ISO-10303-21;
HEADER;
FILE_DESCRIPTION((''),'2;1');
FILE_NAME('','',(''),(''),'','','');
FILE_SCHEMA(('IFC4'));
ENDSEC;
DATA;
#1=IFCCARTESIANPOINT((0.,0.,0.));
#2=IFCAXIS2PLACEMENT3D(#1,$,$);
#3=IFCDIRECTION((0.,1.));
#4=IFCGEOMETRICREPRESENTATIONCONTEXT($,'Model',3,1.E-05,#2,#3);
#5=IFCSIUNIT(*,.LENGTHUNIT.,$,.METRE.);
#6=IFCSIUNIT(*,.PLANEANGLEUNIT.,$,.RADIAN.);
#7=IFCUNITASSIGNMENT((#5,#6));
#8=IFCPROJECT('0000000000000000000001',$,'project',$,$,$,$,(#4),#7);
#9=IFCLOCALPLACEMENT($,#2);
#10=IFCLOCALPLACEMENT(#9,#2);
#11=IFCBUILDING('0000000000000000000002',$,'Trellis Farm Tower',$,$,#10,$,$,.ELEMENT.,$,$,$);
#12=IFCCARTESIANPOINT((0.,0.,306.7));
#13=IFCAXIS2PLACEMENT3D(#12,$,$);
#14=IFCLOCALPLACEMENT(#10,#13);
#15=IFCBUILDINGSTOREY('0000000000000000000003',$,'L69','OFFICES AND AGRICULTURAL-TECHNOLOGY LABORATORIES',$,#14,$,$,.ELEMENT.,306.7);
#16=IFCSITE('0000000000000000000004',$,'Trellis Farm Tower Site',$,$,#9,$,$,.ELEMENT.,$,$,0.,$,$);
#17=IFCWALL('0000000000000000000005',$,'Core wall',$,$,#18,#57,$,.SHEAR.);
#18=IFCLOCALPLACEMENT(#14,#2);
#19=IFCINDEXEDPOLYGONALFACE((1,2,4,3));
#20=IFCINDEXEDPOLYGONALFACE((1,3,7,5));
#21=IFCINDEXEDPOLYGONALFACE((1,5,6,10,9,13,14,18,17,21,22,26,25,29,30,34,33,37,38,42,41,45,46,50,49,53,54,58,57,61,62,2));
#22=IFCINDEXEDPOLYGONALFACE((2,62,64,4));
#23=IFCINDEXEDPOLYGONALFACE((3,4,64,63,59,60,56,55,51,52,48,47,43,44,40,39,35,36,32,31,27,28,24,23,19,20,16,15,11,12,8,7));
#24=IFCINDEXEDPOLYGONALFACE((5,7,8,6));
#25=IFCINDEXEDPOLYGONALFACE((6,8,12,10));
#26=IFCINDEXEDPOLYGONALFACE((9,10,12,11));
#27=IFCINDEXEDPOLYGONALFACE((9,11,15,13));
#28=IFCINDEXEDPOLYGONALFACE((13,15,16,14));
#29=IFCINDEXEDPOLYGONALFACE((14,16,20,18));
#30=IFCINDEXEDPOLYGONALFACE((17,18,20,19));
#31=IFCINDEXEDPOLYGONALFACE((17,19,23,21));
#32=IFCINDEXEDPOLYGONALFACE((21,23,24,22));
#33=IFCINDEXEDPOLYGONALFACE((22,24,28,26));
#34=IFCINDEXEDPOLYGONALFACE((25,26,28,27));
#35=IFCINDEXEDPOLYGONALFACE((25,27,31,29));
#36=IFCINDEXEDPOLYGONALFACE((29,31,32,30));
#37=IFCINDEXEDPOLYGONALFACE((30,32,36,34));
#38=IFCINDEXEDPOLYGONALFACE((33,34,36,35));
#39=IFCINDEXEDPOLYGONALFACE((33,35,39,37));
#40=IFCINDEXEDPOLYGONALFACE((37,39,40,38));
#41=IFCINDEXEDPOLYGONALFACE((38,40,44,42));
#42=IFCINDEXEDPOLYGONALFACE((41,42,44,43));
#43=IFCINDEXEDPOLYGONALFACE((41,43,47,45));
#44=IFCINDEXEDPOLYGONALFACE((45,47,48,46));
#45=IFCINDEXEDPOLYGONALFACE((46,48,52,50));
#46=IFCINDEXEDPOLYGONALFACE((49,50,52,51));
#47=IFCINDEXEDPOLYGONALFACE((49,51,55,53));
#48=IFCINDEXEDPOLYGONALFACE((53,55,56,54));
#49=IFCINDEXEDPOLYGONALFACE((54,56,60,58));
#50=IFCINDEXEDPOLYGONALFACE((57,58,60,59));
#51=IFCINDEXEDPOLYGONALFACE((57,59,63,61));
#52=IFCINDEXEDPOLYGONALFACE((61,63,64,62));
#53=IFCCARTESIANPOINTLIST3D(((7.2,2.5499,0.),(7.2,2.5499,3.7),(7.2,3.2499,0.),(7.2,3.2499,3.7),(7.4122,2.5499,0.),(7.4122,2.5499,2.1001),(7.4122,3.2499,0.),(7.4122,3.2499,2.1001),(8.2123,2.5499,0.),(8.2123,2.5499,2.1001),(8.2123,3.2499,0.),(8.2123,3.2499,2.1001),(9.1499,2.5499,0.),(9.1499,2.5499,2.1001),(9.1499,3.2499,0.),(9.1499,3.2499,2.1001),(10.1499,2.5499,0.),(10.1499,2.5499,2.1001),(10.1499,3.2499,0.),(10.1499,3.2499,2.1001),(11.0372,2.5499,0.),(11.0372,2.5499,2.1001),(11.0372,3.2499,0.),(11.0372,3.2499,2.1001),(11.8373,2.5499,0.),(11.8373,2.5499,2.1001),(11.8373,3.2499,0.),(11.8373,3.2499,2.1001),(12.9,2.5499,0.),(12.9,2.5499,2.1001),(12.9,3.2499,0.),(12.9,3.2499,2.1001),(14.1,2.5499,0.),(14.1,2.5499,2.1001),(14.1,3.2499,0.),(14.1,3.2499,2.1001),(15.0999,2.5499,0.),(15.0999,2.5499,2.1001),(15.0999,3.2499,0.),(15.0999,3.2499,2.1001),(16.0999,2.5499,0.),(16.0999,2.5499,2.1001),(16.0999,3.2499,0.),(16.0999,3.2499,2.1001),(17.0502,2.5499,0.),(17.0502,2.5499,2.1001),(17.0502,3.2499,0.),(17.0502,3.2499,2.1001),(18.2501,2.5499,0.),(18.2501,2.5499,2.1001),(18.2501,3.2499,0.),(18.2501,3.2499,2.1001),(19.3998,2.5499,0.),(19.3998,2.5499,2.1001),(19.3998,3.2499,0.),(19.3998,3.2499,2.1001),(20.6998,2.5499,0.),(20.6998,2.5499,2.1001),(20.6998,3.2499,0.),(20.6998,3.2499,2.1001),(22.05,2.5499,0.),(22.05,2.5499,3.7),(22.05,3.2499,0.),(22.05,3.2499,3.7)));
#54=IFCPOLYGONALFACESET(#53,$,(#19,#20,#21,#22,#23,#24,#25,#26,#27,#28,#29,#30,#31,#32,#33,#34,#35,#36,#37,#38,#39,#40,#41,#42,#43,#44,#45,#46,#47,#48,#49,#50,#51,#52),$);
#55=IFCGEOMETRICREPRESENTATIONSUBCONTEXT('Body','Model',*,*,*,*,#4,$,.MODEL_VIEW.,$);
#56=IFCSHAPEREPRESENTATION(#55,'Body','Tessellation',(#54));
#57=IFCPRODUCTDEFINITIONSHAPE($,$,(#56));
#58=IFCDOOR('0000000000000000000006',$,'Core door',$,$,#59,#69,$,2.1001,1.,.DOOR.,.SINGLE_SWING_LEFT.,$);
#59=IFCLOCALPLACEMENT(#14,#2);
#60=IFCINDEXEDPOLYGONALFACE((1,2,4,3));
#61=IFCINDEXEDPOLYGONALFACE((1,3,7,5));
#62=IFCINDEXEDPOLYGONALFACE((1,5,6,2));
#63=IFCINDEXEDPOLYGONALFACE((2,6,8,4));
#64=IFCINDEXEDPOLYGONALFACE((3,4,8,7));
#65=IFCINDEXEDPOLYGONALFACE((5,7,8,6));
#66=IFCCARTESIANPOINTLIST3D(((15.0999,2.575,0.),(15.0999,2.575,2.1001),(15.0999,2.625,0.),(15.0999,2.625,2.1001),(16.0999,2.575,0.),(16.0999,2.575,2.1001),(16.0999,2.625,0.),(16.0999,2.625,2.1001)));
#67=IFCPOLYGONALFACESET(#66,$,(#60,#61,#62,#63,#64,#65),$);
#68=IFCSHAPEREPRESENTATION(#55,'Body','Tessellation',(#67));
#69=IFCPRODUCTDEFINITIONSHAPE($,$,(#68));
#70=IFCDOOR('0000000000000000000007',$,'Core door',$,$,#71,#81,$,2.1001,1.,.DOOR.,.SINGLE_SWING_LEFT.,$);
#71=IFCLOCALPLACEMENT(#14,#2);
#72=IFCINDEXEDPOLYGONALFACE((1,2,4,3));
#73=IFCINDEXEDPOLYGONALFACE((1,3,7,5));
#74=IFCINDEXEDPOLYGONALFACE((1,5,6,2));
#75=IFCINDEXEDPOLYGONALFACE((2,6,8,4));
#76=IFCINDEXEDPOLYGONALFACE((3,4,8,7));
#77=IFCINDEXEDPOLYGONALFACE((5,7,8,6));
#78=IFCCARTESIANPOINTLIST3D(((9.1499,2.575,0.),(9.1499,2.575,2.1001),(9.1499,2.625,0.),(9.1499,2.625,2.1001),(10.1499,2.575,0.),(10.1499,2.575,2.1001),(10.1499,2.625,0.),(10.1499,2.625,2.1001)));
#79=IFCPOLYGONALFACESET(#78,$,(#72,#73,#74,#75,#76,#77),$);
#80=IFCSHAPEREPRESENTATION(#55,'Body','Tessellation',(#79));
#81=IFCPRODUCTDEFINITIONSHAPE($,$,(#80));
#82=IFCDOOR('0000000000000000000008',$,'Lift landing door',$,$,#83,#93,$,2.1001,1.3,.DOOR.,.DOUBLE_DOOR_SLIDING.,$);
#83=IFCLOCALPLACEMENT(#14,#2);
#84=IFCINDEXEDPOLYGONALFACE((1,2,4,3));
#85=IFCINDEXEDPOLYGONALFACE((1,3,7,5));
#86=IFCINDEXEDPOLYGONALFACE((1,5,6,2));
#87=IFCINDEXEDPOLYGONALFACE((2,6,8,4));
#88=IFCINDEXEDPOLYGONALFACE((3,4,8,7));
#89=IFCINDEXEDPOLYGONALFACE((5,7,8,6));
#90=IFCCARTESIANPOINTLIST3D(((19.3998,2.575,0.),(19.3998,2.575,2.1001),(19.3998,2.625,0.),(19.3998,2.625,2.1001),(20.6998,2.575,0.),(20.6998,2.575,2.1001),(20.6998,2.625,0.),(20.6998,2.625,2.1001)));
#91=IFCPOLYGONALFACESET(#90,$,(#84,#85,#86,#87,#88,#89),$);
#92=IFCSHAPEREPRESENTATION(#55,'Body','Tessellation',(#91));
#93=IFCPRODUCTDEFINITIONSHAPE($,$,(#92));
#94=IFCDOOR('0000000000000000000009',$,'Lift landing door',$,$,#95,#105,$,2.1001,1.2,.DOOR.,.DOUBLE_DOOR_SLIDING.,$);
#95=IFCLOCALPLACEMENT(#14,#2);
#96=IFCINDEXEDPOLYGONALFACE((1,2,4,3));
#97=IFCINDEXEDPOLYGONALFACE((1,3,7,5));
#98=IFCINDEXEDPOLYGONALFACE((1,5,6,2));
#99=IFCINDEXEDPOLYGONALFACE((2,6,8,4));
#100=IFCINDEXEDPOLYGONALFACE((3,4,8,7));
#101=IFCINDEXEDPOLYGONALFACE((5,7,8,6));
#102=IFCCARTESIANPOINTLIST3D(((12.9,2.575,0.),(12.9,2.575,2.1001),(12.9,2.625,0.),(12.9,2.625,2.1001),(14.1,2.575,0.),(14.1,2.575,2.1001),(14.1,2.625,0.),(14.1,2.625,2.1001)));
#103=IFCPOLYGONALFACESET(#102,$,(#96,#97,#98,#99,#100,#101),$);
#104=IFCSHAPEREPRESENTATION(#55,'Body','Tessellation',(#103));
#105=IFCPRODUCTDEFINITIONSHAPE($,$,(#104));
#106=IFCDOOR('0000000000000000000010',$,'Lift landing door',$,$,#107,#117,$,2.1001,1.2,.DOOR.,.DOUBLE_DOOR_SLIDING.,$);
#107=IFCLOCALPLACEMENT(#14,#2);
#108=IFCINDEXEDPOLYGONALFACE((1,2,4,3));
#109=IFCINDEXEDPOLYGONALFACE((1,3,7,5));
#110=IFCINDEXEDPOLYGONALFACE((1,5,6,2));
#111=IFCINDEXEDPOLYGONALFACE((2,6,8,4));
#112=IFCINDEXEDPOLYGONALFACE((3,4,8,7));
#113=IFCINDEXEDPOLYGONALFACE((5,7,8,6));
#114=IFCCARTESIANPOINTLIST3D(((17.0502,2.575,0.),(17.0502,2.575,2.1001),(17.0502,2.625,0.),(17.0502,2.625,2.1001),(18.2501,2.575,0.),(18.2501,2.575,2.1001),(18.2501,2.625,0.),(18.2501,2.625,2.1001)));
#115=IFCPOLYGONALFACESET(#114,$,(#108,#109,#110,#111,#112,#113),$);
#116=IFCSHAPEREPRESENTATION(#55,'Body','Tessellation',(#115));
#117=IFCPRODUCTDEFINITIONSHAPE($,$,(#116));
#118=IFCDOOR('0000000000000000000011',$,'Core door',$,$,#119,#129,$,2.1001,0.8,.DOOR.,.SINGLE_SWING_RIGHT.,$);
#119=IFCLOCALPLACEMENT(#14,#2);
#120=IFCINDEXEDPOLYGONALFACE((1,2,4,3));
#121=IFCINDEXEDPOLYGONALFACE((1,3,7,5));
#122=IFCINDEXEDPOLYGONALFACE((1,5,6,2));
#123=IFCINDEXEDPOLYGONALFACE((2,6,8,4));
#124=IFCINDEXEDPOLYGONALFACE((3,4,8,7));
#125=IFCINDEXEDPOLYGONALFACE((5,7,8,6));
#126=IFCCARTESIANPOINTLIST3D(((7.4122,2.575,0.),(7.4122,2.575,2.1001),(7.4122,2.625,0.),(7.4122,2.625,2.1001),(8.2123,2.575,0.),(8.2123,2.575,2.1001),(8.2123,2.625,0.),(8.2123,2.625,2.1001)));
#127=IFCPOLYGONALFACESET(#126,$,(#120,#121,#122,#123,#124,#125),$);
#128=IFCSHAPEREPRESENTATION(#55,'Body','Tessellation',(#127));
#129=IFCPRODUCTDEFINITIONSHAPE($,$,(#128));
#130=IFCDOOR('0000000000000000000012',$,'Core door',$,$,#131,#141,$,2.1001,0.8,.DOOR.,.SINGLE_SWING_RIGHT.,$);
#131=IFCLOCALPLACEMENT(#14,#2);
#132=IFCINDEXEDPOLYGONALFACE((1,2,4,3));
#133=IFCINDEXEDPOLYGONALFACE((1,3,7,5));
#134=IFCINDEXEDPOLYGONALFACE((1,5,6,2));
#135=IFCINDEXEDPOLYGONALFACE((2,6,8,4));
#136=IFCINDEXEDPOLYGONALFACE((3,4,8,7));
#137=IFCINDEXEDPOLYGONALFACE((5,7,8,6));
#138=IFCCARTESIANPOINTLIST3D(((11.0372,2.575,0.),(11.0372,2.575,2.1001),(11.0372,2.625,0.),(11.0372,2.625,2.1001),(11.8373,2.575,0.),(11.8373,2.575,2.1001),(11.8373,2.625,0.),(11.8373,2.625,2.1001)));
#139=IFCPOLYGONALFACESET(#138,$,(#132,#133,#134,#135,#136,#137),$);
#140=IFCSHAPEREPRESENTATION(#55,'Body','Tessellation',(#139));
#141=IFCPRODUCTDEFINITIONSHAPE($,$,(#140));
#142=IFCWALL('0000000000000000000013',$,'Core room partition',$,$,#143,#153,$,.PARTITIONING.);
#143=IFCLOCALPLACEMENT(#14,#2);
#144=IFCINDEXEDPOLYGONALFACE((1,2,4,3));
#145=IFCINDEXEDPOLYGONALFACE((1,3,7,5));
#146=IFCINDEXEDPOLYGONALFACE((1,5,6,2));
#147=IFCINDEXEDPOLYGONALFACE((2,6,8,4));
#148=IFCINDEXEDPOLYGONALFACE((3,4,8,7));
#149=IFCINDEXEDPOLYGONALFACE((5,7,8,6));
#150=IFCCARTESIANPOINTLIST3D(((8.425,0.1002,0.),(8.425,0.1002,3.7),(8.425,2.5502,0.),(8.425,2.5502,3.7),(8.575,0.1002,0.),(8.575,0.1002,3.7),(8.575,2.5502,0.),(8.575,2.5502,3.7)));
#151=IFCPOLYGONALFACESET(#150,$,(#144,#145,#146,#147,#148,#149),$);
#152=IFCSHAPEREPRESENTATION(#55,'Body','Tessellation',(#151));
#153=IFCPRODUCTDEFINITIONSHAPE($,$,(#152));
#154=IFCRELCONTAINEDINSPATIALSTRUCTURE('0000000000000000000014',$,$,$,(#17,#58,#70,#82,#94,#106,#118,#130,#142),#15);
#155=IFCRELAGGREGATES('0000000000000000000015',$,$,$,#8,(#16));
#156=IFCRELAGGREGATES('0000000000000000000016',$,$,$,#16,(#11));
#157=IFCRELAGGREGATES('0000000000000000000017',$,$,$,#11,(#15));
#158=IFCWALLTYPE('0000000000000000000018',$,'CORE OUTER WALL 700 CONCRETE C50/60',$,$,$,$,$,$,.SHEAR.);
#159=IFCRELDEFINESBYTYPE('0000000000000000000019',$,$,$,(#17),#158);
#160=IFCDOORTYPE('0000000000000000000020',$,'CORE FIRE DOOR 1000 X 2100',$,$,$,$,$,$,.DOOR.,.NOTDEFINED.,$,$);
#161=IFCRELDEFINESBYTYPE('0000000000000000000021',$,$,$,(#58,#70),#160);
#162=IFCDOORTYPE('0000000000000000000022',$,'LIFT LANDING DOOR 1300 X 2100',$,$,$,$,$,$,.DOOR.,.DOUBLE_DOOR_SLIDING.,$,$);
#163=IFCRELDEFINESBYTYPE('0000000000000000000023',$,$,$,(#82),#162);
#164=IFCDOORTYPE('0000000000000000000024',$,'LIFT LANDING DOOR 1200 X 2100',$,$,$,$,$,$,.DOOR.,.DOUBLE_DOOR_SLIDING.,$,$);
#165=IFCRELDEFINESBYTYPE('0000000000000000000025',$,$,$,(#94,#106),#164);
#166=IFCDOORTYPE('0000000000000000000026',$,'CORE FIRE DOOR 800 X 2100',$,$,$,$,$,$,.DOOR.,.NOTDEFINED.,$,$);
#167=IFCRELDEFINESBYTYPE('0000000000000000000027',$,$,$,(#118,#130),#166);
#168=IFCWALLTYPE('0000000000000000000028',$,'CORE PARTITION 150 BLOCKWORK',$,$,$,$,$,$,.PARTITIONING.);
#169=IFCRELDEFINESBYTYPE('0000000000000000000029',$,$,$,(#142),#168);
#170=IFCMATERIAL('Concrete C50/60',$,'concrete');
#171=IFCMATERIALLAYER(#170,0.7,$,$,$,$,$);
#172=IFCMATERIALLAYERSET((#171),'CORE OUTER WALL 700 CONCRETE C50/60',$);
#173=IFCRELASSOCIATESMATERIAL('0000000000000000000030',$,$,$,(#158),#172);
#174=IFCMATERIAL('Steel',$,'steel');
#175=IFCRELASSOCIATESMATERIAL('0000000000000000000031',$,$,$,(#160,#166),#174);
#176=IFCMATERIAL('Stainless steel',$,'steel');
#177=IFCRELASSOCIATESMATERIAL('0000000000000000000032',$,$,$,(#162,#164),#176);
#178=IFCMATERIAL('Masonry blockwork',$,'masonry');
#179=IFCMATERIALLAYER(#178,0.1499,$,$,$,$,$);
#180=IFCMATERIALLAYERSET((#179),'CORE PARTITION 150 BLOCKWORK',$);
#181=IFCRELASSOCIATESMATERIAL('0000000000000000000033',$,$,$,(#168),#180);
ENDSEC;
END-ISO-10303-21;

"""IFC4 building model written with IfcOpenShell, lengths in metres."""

from ifc_helpers import new_model, si_unit, direction, frame, frame_2d, origin, place, context, subcontext, project, spatial, rectangle, extrude, source, transform, mapped, material, layer, layer_set, type_object, element, fill, save


model = new_model("IFC4")

# Units and contexts
model_context = context("Model", 3, precision=1e-05, world=origin(), true_north=direction((0.0, 1.0)))
body_context = subcontext(model_context, "Body", "Model", "MODEL_VIEW")
ifc_project = project(units=[si_unit("LENGTHUNIT", "METRE"), si_unit("PLANEANGLEUNIT", "RADIAN")], contexts=[model_context])

# Site, building, storey
site_placement = place(None, origin())
site = spatial("IfcSite", under=ifc_project, at=site_placement, Name="Trellis Farm Tower Site", CompositionType="ELEMENT", RefElevation=0.0)
building_placement = place(site_placement, origin())
building = spatial("IfcBuilding", under=site, at=building_placement, Name="Trellis Farm Tower", CompositionType="ELEMENT")
storey_placement = place(building_placement, frame((0.0, 0.0, 306.7)))
storey = spatial("IfcBuildingStorey", under=building, at=storey_placement, Name="L69", Description="OFFICES AND AGRICULTURAL-TECHNOLOGY LABORATORIES", CompositionType="ELEMENT", Elevation=306.7)

# Wall, openings, doors
ifc_material_1 = material(Name="Concrete C50/60", Category="concrete")
ifc_layer_1 = layer(ifc_material_1, 0.7)
ifc_layer_set_1 = layer_set([ifc_layer_1], Name="CORE OUTER WALL 700 CONCRETE C50/60")
wall_type_1 = type_object("IfcWallType", Name="CORE OUTER WALL 700 CONCRETE C50/60", PredefinedType="SHEAR", material=ifc_layer_set_1)
shared_shape_1 = source(origin(), body_context, "Body", "SweptSolid", [
    extrude(rectangle(XDim=14.8501, YDim=0.7, at=frame_2d((7.425, 0.0))), origin(), (0.0, 0.0, 1.0), 3.7),
])
wall_1_placement = place(storey_placement, frame((7.2, 2.8999, 0.0), z_axis=(0.0, 0.0, 1.0), x_axis=(1.0, 0.0, 0.0)))
wall_1 = element("IfcWall", 1, at=wall_1_placement, inside=storey, type_object=wall_type_1, Name="Core wall", PredefinedType="SHEAR", context=body_context, shape_type="MappedRepresentation", body=[
    mapped(shared_shape_1, transform((0.0, 0.0, 0.0))),
])
shared_shape_2 = source(origin(), body_context, "Body", "SweptSolid", [
    extrude(rectangle(XDim=1.2, YDim=2.1001, at=frame_2d((0.6001, 1.05))), frame((0.0, 0.3601, 0.0), z_axis=(0.0, -1.0, 0.0), x_axis=(1.0, 0.0, 0.0)), (0.0, 0.0, 1.0), 0.7202),
])
opening_1_placement = place(wall_1_placement, frame((5.7, 0.0, 0.0)))
opening_1 = element("IfcOpeningElement", 2, at=opening_1_placement, cuts=wall_1, PredefinedType="OPENING", context=body_context, shape_type="MappedRepresentation", body=[
    mapped(shared_shape_2, transform((0.0, 0.0, 0.0))),
])
shared_shape_3 = source(origin(), body_context, "Body", "SweptSolid", [
    extrude(rectangle(XDim=1.3, YDim=2.1001, at=frame_2d((0.6499, 1.05))), frame((0.0, 0.3601, 0.0), z_axis=(0.0, -1.0, 0.0), x_axis=(1.0, 0.0, 0.0)), (0.0, 0.0, 1.0), 0.7202),
])
opening_2_placement = place(wall_1_placement, frame((12.2, 0.0, 0.0)))
opening_2 = element("IfcOpeningElement", 3, at=opening_2_placement, cuts=wall_1, PredefinedType="OPENING", context=body_context, shape_type="MappedRepresentation", body=[
    mapped(shared_shape_3, transform((0.0, 0.0, 0.0))),
])
opening_3_placement = place(wall_1_placement, frame((9.8501, 0.0, 0.0)))
opening_3 = element("IfcOpeningElement", 4, at=opening_3_placement, cuts=wall_1, PredefinedType="OPENING", context=body_context, shape_type="MappedRepresentation", body=[
    mapped(shared_shape_2, transform((0.0, 0.0, 0.0))),
])
shared_shape_4 = source(origin(), body_context, "Body", "SweptSolid", [
    extrude(rectangle(XDim=1.0, YDim=2.1001, at=frame_2d((0.5, 1.05))), frame((0.0, 0.3601, 0.0), z_axis=(0.0, -1.0, 0.0), x_axis=(1.0, 0.0, 0.0)), (0.0, 0.0, 1.0), 0.7202),
])
opening_4_placement = place(wall_1_placement, frame((7.8999, 0.0, 0.0)))
opening_4 = element("IfcOpeningElement", 5, at=opening_4_placement, cuts=wall_1, PredefinedType="OPENING", context=body_context, shape_type="MappedRepresentation", body=[
    mapped(shared_shape_4, transform((0.0, 0.0, 0.0))),
])
shared_shape_5 = source(origin(), body_context, "Body", "SweptSolid", [
    extrude(rectangle(XDim=0.8, YDim=2.1001, at=frame_2d((0.3999, 1.05))), frame((0.0, 0.3601, 0.0), z_axis=(0.0, -1.0, 0.0), x_axis=(1.0, 0.0, 0.0)), (0.0, 0.0, 1.0), 0.7202),
])
opening_5_placement = place(wall_1_placement, frame((0.2124, 0.0, 0.0)))
opening_5 = element("IfcOpeningElement", 6, at=opening_5_placement, cuts=wall_1, PredefinedType="OPENING", context=body_context, shape_type="MappedRepresentation", body=[
    mapped(shared_shape_5, transform((0.0, 0.0, 0.0))),
])
opening_6_placement = place(wall_1_placement, frame((1.95, 0.0, 0.0)))
opening_6 = element("IfcOpeningElement", 7, at=opening_6_placement, cuts=wall_1, PredefinedType="OPENING", context=body_context, shape_type="MappedRepresentation", body=[
    mapped(shared_shape_4, transform((0.0, 0.0, 0.0))),
])
opening_7_placement = place(wall_1_placement, frame((3.8374, 0.0, 0.0)))
opening_7 = element("IfcOpeningElement", 8, at=opening_7_placement, cuts=wall_1, PredefinedType="OPENING", context=body_context, shape_type="MappedRepresentation", body=[
    mapped(shared_shape_5, transform((0.0, 0.0, 0.0))),
])
ifc_material_2 = material(Name="Steel", Category="steel")
door_type_1 = type_object("IfcDoorType", Name="CORE FIRE DOOR 1000 X 2100", OperationType="NOTDEFINED", PredefinedType="DOOR", material=ifc_material_2)
shared_shape_6 = source(origin(), body_context, "Body", "SweptSolid", [
    extrude(rectangle(XDim=1.0, YDim=2.1001, at=frame_2d((0.5, 1.05))), frame((0.0, -0.2749, 0.0), z_axis=(0.0, -1.0, 0.0), x_axis=(1.0, 0.0, 0.0)), (0.0, 0.0, 1.0), 0.05),
])
door_1_placement = place(opening_4_placement, origin())
door_1 = element("IfcDoor", 9, at=door_1_placement, inside=storey, type_object=door_type_1, Name="Core door", OperationType="SINGLE_SWING_LEFT", OverallHeight=2.1001, OverallWidth=1.0, PredefinedType="DOOR", context=body_context, shape_type="MappedRepresentation", body=[
    mapped(shared_shape_6, transform((0.0, 0.0, 0.0))),
])
fill(opening_4, door_1)
door_2_placement = place(opening_6_placement, origin())
door_2 = element("IfcDoor", 10, at=door_2_placement, inside=storey, type_object=door_type_1, Name="Core door", OperationType="SINGLE_SWING_LEFT", OverallHeight=2.1001, OverallWidth=1.0, PredefinedType="DOOR", context=body_context, shape_type="MappedRepresentation", body=[
    mapped(shared_shape_6, transform((0.0, 0.0, 0.0))),
])
fill(opening_6, door_2)
ifc_material_3 = material(Name="Stainless steel", Category="steel")
door_type_2 = type_object("IfcDoorType", Name="LIFT LANDING DOOR 1300 X 2100", OperationType="DOUBLE_DOOR_SLIDING", PredefinedType="DOOR", material=ifc_material_3)
shared_shape_7 = source(origin(), body_context, "Body", "SweptSolid", [
    extrude(rectangle(XDim=1.3, YDim=2.1001, at=frame_2d((0.6499, 1.05))), frame((0.0, -0.2749, 0.0), z_axis=(0.0, -1.0, 0.0), x_axis=(1.0, 0.0, 0.0)), (0.0, 0.0, 1.0), 0.05),
])
door_3_placement = place(opening_2_placement, origin())
door_3 = element("IfcDoor", 11, at=door_3_placement, inside=storey, type_object=door_type_2, Name="Lift landing door", OperationType="DOUBLE_DOOR_SLIDING", OverallHeight=2.1001, OverallWidth=1.3, PredefinedType="DOOR", context=body_context, shape_type="MappedRepresentation", body=[
    mapped(shared_shape_7, transform((0.0, 0.0, 0.0))),
])
fill(opening_2, door_3)
door_type_3 = type_object("IfcDoorType", Name="LIFT LANDING DOOR 1200 X 2100", OperationType="DOUBLE_DOOR_SLIDING", PredefinedType="DOOR", material=ifc_material_3)
shared_shape_8 = source(origin(), body_context, "Body", "SweptSolid", [
    extrude(rectangle(XDim=1.2, YDim=2.1001, at=frame_2d((0.6001, 1.05))), frame((0.0, -0.2749, 0.0), z_axis=(0.0, -1.0, 0.0), x_axis=(1.0, 0.0, 0.0)), (0.0, 0.0, 1.0), 0.05),
])
door_4_placement = place(opening_1_placement, origin())
door_4 = element("IfcDoor", 12, at=door_4_placement, inside=storey, type_object=door_type_3, Name="Lift landing door", OperationType="DOUBLE_DOOR_SLIDING", OverallHeight=2.1001, OverallWidth=1.2, PredefinedType="DOOR", context=body_context, shape_type="MappedRepresentation", body=[
    mapped(shared_shape_8, transform((0.0, 0.0, 0.0))),
])
fill(opening_1, door_4)
door_5_placement = place(opening_3_placement, origin())
door_5 = element("IfcDoor", 13, at=door_5_placement, inside=storey, type_object=door_type_3, Name="Lift landing door", OperationType="DOUBLE_DOOR_SLIDING", OverallHeight=2.1001, OverallWidth=1.2, PredefinedType="DOOR", context=body_context, shape_type="MappedRepresentation", body=[
    mapped(shared_shape_8, transform((0.0, 0.0, 0.0))),
])
fill(opening_3, door_5)
door_type_4 = type_object("IfcDoorType", Name="CORE FIRE DOOR 800 X 2100", OperationType="NOTDEFINED", PredefinedType="DOOR", material=ifc_material_2)
shared_shape_9 = source(origin(), body_context, "Body", "SweptSolid", [
    extrude(rectangle(XDim=0.8, YDim=2.1001, at=frame_2d((0.3999, 1.05))), frame((0.0, -0.2749, 0.0), z_axis=(0.0, -1.0, 0.0), x_axis=(1.0, 0.0, 0.0)), (0.0, 0.0, 1.0), 0.05),
])
door_6_placement = place(opening_5_placement, origin())
door_6 = element("IfcDoor", 14, at=door_6_placement, inside=storey, type_object=door_type_4, Name="Core door", OperationType="SINGLE_SWING_RIGHT", OverallHeight=2.1001, OverallWidth=0.8, PredefinedType="DOOR", context=body_context, shape_type="MappedRepresentation", body=[
    mapped(shared_shape_9, transform((0.0, 0.0, 0.0))),
])
fill(opening_5, door_6)
door_7_placement = place(opening_7_placement, origin())
door_7 = element("IfcDoor", 15, at=door_7_placement, inside=storey, type_object=door_type_4, Name="Core door", OperationType="SINGLE_SWING_RIGHT", OverallHeight=2.1001, OverallWidth=0.8, PredefinedType="DOOR", context=body_context, shape_type="MappedRepresentation", body=[
    mapped(shared_shape_9, transform((0.0, 0.0, 0.0))),
])
fill(opening_7, door_7)

# Wall
ifc_material_4 = material(Name="Masonry blockwork", Category="masonry")
ifc_layer_2 = layer(ifc_material_4, 0.1499)
ifc_layer_set_2 = layer_set([ifc_layer_2], Name="CORE PARTITION 150 BLOCKWORK")
wall_type_2 = type_object("IfcWallType", Name="CORE PARTITION 150 BLOCKWORK", PredefinedType="PARTITIONING", material=ifc_layer_set_2)
shared_shape_10 = source(origin(), body_context, "Body", "SweptSolid", [
    extrude(rectangle(XDim=2.45, YDim=0.1499, at=frame_2d((1.2251, 0.0))), origin(), (0.0, 0.0, 1.0), 3.7),
])
for number, where, z_axis, x_axis, name in (
    (16, (8.5, 0.1001, 0.0), (0.0, 0.0, 1.0), (0.0, 1.0, 0.0), "Core room partition"),
):
    element("IfcWall", number, at=place(storey_placement, frame(where, z_axis=z_axis, x_axis=x_axis)), inside=storey, type_object=wall_type_2, Name=name, PredefinedType="PARTITIONING", context=body_context, shape_type="MappedRepresentation", body=[
        mapped(shared_shape_10, transform((0.0, 0.0, 0.0))),
    ])

save(model, "model.ifc")
